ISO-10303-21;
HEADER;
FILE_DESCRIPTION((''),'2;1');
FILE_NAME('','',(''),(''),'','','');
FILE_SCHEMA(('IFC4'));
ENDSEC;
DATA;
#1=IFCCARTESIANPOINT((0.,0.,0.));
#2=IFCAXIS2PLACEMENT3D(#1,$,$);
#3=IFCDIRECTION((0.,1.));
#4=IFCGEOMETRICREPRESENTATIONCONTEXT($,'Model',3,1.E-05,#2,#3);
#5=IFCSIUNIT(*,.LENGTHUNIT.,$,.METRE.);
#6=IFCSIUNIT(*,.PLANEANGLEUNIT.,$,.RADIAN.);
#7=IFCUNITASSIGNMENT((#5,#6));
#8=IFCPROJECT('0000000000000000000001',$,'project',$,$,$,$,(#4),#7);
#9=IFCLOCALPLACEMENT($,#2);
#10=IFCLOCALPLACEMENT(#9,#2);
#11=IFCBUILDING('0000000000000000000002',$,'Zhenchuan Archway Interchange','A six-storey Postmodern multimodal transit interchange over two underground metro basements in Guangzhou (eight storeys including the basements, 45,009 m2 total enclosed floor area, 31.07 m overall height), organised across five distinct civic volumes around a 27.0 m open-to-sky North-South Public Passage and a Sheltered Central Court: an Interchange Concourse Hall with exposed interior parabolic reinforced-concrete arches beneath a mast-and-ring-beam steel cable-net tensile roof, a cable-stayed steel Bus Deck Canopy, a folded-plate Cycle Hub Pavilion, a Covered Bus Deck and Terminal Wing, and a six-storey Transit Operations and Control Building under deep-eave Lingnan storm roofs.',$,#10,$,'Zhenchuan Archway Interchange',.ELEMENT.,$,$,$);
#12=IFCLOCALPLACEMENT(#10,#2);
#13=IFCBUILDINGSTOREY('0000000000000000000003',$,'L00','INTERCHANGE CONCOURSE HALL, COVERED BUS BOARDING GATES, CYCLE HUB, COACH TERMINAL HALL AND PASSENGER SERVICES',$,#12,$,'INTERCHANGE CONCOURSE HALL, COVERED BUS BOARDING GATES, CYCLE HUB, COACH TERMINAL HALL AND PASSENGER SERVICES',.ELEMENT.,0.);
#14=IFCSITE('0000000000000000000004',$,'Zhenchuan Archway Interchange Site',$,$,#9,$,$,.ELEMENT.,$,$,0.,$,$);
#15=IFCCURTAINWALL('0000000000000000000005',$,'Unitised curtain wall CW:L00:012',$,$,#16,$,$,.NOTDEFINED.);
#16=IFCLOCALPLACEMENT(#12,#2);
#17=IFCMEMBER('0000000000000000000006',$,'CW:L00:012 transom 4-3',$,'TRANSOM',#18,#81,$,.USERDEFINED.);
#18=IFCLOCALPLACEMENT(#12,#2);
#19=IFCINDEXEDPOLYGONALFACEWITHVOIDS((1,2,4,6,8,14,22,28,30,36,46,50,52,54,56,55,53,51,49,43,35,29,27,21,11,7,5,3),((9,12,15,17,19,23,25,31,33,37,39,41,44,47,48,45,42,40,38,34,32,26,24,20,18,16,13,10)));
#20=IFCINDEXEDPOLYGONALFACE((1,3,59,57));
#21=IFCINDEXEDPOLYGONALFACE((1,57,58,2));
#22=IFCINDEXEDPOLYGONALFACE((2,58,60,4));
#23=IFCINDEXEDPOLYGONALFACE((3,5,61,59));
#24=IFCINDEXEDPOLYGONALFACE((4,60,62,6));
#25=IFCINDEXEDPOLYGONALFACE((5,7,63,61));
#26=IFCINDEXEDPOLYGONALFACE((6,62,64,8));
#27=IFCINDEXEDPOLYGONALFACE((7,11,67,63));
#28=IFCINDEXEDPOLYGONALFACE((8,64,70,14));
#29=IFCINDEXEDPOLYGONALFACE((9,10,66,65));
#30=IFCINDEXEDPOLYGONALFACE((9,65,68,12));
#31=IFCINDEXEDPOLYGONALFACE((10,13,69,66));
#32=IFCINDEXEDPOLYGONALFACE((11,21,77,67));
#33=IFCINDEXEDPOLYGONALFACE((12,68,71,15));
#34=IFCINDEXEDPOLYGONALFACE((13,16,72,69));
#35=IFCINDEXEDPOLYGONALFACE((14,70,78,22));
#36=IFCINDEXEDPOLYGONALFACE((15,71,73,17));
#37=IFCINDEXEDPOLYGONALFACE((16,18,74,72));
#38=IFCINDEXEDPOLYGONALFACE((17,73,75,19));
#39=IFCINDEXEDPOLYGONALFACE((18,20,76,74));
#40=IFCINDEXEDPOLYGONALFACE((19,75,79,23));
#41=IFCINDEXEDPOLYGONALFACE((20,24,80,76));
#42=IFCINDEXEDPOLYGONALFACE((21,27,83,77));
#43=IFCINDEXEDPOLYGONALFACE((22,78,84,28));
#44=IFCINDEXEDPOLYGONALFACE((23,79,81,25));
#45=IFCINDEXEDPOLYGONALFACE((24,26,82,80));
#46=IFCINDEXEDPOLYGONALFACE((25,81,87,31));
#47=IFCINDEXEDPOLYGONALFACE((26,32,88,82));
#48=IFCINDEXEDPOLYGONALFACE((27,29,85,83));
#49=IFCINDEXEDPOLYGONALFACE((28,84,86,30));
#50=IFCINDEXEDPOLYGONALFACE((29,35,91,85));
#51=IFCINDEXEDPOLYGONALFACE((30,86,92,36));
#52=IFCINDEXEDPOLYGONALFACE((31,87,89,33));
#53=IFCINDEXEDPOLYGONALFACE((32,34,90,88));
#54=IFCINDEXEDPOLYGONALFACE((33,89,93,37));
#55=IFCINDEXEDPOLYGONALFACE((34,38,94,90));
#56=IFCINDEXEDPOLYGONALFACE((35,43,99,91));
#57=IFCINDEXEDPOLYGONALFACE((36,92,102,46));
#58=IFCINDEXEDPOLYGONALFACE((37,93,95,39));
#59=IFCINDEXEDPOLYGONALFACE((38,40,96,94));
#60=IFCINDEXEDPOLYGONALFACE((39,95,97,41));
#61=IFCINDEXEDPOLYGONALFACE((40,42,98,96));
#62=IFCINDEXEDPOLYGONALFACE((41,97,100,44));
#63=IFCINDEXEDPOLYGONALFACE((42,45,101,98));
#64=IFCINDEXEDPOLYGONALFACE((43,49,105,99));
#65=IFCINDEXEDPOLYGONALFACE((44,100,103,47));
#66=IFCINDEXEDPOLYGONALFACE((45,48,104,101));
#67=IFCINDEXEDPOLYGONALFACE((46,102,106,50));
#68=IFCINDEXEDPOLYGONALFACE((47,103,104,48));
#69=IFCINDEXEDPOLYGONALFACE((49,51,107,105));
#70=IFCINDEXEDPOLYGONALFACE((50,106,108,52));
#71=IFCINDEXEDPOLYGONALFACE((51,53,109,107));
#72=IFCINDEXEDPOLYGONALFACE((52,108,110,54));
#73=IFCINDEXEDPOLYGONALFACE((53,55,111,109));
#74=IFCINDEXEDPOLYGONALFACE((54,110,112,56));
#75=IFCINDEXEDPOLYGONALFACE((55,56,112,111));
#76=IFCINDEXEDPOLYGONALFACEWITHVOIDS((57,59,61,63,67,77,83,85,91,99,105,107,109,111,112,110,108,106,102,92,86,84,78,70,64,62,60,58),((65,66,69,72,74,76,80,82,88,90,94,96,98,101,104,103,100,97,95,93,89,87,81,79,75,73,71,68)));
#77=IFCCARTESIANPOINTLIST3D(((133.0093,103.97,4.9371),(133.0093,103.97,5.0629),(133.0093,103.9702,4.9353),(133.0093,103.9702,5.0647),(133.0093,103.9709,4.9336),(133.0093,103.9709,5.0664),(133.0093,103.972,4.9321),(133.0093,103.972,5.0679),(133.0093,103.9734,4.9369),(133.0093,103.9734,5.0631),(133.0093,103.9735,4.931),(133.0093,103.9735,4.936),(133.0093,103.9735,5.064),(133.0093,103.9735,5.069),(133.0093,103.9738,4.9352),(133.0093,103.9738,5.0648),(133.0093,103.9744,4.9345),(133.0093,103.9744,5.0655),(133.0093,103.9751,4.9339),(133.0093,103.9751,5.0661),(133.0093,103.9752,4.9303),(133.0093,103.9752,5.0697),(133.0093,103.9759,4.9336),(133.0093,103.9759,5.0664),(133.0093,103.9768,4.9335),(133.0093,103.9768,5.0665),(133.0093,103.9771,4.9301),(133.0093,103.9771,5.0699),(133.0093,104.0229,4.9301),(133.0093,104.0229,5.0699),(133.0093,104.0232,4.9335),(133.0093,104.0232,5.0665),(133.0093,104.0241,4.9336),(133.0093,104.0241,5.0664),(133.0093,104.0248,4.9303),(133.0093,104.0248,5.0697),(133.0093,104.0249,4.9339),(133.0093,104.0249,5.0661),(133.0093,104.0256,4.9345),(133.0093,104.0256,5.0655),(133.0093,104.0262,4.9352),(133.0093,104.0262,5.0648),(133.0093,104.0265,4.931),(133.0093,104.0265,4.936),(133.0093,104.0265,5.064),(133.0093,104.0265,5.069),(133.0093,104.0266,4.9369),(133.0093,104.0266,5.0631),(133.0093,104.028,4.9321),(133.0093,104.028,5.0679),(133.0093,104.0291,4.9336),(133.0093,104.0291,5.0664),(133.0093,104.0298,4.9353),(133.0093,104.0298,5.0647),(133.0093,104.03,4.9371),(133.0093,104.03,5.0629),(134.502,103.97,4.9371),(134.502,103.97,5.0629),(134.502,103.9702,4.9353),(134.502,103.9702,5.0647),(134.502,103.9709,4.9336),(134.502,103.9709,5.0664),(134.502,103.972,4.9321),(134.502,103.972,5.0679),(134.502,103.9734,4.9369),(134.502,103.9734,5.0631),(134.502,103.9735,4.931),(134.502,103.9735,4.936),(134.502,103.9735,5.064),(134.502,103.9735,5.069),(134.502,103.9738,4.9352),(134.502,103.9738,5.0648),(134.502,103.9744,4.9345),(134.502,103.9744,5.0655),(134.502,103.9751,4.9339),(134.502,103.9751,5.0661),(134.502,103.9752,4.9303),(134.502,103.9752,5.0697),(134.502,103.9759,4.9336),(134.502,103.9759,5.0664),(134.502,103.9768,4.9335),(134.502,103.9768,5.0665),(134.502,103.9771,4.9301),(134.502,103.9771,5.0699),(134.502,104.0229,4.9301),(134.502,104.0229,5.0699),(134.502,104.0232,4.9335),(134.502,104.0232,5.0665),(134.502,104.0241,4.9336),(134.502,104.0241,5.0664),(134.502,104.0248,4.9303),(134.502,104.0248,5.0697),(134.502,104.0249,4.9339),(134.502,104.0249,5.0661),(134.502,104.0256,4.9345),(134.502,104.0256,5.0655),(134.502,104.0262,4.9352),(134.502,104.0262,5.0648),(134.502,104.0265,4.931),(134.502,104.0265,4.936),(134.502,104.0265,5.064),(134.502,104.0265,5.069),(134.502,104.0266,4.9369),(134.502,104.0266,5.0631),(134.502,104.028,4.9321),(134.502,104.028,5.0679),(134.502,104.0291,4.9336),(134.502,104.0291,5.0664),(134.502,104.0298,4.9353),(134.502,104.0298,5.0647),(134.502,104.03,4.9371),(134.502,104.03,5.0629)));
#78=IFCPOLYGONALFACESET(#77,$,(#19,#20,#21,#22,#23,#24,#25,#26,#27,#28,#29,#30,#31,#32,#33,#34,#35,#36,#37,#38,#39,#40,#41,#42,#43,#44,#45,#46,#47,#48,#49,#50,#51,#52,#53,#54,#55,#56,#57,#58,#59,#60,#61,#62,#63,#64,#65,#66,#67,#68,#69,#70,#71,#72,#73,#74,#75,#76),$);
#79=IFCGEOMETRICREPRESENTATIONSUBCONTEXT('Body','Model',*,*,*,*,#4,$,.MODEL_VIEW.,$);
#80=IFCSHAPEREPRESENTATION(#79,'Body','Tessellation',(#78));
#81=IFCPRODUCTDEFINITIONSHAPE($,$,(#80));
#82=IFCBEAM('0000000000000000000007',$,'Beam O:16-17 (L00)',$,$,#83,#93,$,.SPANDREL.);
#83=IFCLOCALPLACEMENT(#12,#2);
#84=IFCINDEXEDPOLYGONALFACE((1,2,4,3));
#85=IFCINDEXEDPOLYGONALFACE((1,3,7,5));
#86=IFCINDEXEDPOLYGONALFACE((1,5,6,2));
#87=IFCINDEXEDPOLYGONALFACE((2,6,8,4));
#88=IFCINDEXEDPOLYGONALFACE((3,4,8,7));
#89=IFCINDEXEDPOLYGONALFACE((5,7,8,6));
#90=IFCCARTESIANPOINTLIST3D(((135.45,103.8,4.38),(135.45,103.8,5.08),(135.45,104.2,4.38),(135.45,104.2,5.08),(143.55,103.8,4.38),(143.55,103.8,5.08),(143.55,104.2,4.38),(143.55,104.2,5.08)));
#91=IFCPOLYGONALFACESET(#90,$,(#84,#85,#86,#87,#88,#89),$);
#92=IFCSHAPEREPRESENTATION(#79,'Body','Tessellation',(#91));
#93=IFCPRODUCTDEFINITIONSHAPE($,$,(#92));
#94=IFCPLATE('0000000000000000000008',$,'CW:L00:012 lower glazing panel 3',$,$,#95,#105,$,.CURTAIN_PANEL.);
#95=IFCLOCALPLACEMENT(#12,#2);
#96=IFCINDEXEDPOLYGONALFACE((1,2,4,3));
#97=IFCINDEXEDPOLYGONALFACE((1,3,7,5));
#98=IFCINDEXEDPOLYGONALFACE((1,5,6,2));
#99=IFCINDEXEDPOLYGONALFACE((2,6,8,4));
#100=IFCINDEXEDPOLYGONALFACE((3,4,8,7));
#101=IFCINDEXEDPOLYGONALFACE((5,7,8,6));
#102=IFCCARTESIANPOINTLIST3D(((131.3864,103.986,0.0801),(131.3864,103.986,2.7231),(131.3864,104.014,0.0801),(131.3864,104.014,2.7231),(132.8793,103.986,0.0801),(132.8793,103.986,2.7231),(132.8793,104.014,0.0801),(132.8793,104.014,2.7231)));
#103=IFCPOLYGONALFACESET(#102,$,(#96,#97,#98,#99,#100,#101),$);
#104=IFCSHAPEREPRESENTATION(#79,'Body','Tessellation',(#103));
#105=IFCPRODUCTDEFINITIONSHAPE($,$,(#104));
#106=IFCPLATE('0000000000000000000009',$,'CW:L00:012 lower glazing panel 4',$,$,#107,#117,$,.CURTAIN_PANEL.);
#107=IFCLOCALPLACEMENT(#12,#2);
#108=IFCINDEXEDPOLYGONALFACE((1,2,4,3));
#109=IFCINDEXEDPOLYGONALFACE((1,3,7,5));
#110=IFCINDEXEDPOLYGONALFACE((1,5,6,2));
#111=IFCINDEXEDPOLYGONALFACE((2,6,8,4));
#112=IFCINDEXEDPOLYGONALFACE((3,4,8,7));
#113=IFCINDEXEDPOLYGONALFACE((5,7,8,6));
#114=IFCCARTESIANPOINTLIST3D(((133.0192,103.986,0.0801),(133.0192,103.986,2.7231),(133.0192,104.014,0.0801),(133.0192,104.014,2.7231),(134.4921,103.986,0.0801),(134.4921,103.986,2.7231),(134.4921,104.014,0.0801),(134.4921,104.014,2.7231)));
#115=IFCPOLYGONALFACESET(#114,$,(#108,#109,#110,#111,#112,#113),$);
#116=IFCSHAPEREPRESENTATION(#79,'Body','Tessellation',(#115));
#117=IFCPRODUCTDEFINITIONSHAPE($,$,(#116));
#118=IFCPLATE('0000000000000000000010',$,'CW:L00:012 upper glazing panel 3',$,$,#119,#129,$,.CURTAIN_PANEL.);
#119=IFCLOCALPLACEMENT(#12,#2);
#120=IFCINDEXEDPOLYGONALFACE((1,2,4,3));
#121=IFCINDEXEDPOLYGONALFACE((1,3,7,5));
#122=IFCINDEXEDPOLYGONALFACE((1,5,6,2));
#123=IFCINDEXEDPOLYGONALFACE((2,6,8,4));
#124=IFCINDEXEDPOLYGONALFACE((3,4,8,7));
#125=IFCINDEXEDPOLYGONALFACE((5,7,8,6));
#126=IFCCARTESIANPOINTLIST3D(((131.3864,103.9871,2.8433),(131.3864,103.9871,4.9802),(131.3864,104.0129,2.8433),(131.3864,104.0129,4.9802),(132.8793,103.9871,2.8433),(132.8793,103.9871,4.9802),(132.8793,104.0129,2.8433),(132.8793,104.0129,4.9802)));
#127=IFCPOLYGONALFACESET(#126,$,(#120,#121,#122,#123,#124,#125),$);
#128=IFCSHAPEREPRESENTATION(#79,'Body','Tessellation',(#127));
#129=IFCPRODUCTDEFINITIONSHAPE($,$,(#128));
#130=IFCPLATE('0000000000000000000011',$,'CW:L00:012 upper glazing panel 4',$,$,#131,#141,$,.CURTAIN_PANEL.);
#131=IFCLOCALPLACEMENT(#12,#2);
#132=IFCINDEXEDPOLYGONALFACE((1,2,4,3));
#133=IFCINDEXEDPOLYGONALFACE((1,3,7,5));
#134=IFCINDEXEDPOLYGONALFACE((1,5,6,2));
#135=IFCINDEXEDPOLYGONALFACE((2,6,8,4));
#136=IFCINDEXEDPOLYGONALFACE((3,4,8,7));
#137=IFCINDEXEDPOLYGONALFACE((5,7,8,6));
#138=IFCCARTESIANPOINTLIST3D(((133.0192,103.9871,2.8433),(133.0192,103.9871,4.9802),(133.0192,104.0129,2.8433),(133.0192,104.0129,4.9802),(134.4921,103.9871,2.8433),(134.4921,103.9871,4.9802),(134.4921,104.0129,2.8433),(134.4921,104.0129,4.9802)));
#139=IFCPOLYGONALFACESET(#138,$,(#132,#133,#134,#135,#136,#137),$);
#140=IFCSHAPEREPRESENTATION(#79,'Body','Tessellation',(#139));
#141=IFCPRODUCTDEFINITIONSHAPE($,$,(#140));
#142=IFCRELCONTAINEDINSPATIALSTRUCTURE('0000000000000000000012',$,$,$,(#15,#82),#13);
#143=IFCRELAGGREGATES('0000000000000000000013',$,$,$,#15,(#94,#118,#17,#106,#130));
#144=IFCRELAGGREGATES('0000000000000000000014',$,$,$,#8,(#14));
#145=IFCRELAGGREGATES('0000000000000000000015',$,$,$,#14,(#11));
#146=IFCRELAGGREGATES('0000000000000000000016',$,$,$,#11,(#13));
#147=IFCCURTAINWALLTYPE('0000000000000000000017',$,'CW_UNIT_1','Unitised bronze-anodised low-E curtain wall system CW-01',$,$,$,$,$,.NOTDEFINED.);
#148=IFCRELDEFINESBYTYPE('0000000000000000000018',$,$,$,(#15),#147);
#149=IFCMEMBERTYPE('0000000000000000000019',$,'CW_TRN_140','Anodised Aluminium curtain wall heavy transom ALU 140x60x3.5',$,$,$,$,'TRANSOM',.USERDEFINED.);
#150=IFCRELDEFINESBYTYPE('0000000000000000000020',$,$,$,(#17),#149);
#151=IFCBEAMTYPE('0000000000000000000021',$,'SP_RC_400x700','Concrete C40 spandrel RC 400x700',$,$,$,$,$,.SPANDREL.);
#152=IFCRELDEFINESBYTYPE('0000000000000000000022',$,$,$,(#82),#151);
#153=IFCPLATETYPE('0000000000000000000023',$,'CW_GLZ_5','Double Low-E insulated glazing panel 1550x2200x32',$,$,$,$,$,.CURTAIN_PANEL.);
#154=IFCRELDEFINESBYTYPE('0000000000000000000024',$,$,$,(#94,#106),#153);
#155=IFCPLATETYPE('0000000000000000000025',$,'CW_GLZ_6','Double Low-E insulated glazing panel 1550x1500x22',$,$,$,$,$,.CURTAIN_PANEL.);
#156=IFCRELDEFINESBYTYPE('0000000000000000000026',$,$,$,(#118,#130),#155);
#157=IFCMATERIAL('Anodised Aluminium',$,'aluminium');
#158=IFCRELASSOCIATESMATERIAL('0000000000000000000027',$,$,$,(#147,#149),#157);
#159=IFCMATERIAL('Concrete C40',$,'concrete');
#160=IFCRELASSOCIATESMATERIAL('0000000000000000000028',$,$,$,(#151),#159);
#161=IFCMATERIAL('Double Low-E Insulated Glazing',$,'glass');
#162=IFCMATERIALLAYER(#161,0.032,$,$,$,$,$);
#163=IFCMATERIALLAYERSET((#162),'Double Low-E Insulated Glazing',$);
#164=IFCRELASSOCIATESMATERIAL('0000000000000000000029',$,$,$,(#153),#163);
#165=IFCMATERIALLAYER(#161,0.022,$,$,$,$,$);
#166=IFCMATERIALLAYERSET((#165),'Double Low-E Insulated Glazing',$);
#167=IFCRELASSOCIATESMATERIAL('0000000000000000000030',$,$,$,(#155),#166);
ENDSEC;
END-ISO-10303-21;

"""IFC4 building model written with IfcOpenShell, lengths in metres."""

from ifc_helpers import new_model, si_unit, direction, frame, origin, origin_2d, place, context, subcontext, project, spatial, rectangle, hollow_rectangle, extrude, material, layer, layer_set, material_profile, profile_set, type_object, element, aggregate, save


model = new_model("IFC4")

# Units and contexts
model_context = context("Model", 3, precision=1e-05, world=origin(), true_north=direction((0.0, 1.0)))
body_context = subcontext(model_context, "Body", "Model", "MODEL_VIEW")
ifc_project = project(units=[si_unit("LENGTHUNIT", "METRE"), si_unit("PLANEANGLEUNIT", "RADIAN")], contexts=[model_context])

# Site, building, storey
site_placement = place(None, origin())
site = spatial("IfcSite", under=ifc_project, at=site_placement, Name="Zhenchuan Archway Interchange Site", CompositionType="ELEMENT", RefElevation=0.0)
building_placement = place(site_placement, origin())
building = spatial("IfcBuilding", under=site, at=building_placement, Name="Zhenchuan Archway Interchange", Description="A six-storey Postmodern multimodal transit interchange over two underground metro basements in Guangzhou (eight storeys including the basements, 45,009 m2 total enclosed floor area, 31.07 m overall height), organised across five distinct civic volumes around a 27.0 m open-to-sky North-South Public Passage and a Sheltered Central Court: an Interchange Concourse Hall with exposed interior parabolic reinforced-concrete arches beneath a mast-and-ring-beam steel cable-net tensile roof, a cable-stayed steel Bus Deck Canopy, a folded-plate Cycle Hub Pavilion, a Covered Bus Deck and Terminal Wing, and a six-storey Transit Operations and Control Building under deep-eave Lingnan storm roofs.", LongName="Zhenchuan Archway Interchange", CompositionType="ELEMENT")
storey_placement = place(building_placement, origin())
storey = spatial("IfcBuildingStorey", under=building, at=storey_placement, Name="L00", Description="INTERCHANGE CONCOURSE HALL, COVERED BUS BOARDING GATES, CYCLE HUB, COACH TERMINAL HALL AND PASSENGER SERVICES", LongName="INTERCHANGE CONCOURSE HALL, COVERED BUS BOARDING GATES, CYCLE HUB, COACH TERMINAL HALL AND PASSENGER SERVICES", CompositionType="ELEMENT", Elevation=0.0)

# Shared definitions
ifc_material_1 = material(Name="Concrete C40", Category="concrete")

# Curtain wall, member
ifc_material_2 = material(Name="Anodised Aluminium", Category="aluminium")
curtain_wall_type = type_object("IfcCurtainWallType", Name="CW_UNIT_1", Description="Unitised bronze-anodised low-E curtain wall system CW-01", PredefinedType="NOTDEFINED", material=ifc_material_2)
curtain_wall_placement = place(storey_placement, origin())
curtain_wall = element("IfcCurtainWall", 1, at=curtain_wall_placement, inside=storey, type_object=curtain_wall_type, Name="Unitised curtain wall CW:L00:012", PredefinedType="NOTDEFINED")
ifc_material_profile_1 = material_profile(ifc_material_2, hollow_rectangle(XDim=0.0601, YDim=0.1399, WallThickness=0.0034, InnerFilletRadius=0.0034, OuterFilletRadius=0.0071, at=origin_2d()), Name="ALU 140x60x3.5")
ifc_profile_set_1 = profile_set([ifc_material_profile_1], Name="Anodised Aluminium")
member_type_1 = type_object("IfcMemberType", Name="CW_TRN_140", Description="Anodised Aluminium curtain wall heavy transom ALU 140x60x3.5", ElementType="TRANSOM", PredefinedType="USERDEFINED", material=ifc_profile_set_1)
member_1_placement = place(storey_placement, frame((133.0093, 104.0, 5.0), z_axis=(1.0, 0.0, 0.0), x_axis=(0.0, 1.0, 0.0)))
member_1 = element("IfcMember", 2, at=member_1_placement, type_object=member_type_1, Name="CW:L00:012 transom 4-3", ObjectType="TRANSOM", PredefinedType="USERDEFINED", context=body_context, shape_type="SweptSolid", body=[
    extrude(hollow_rectangle(XDim=0.0601, YDim=0.1399, WallThickness=0.0034, InnerFilletRadius=0.0034, OuterFilletRadius=0.0071, at=origin_2d()), origin(), (0.0, 0.0, 1.0), 1.4927),
])

# Beam
ifc_material_profile_2 = material_profile(ifc_material_1, rectangle(XDim=0.3999, YDim=0.7, at=origin_2d()), Name="RC 400x700")
ifc_profile_set_2 = profile_set([ifc_material_profile_2], Name="Concrete C40")
beam_type = type_object("IfcBeamType", Name="SP_RC_400x700", Description="Concrete C40 spandrel RC 400x700", PredefinedType="SPANDREL", material=ifc_profile_set_2)
beam_placement = place(storey_placement, frame((135.45, 104.0, 4.73), z_axis=(1.0, 0.0, 0.0), x_axis=(0.0, 1.0, 0.0)))
element("IfcBeam", 3, at=beam_placement, inside=storey, type_object=beam_type, Name="Beam O:16-17 (L00)", PredefinedType="SPANDREL", context=body_context, shape_type="SweptSolid", body=[
    extrude(rectangle(XDim=0.3999, YDim=0.7, at=origin_2d()), origin(), (0.0, 0.0, 1.0), 8.1001),
])

# Plates
ifc_material_3 = material(Name="Double Low-E Insulated Glazing", Category="glass")
ifc_layer_1 = layer(ifc_material_3, 0.032)
ifc_layer_set_1 = layer_set([ifc_layer_1], Name="Double Low-E Insulated Glazing")
plate_type_1 = type_object("IfcPlateType", Name="CW_GLZ_5", Description="Double Low-E insulated glazing panel 1550x2200x32", PredefinedType="CURTAIN_PANEL", material=ifc_layer_set_1)
plate_1_placement = place(storey_placement, frame((132.1328, 104.0, 0.0801), z_axis=(0.0, 0.0, 1.0), x_axis=(1.0, 0.0, 0.0)))
plate_1 = element("IfcPlate", 4, at=plate_1_placement, type_object=plate_type_1, Name="CW:L00:012 lower glazing panel 3", PredefinedType="CURTAIN_PANEL", context=body_context, shape_type="SweptSolid", body=[
    extrude(rectangle(XDim=1.4929, YDim=0.0281, at=origin_2d()), origin(), (0.0, 0.0, 1.0), 2.6431),
])
plate_2_placement = place(storey_placement, frame((133.7556, 104.0, 0.0801), z_axis=(0.0, 0.0, 1.0), x_axis=(1.0, 0.0, 0.0)))
plate_2 = element("IfcPlate", 5, at=plate_2_placement, type_object=plate_type_1, Name="CW:L00:012 lower glazing panel 4", PredefinedType="CURTAIN_PANEL", context=body_context, shape_type="SweptSolid", body=[
    extrude(rectangle(XDim=1.4729, YDim=0.0281, at=origin_2d()), origin(), (0.0, 0.0, 1.0), 2.6431),
])
ifc_layer_2 = layer(ifc_material_3, 0.022)
ifc_layer_set_2 = layer_set([ifc_layer_2], Name="Double Low-E Insulated Glazing")
plate_type_2 = type_object("IfcPlateType", Name="CW_GLZ_6", Description="Double Low-E insulated glazing panel 1550x1500x22", PredefinedType="CURTAIN_PANEL", material=ifc_layer_set_2)
plate_3_placement = place(storey_placement, frame((132.1328, 104.0, 2.8433), z_axis=(0.0, 0.0, 1.0), x_axis=(1.0, 0.0, 0.0)))
plate_3 = element("IfcPlate", 6, at=plate_3_placement, type_object=plate_type_2, Name="CW:L00:012 upper glazing panel 3", PredefinedType="CURTAIN_PANEL", context=body_context, shape_type="SweptSolid", body=[
    extrude(rectangle(XDim=1.4929, YDim=0.0259, at=origin_2d()), origin(), (0.0, 0.0, 1.0), 2.137),
])
plate_4_placement = place(storey_placement, frame((133.7556, 104.0, 2.8433), z_axis=(0.0, 0.0, 1.0), x_axis=(1.0, 0.0, 0.0)))
plate_4 = element("IfcPlate", 7, at=plate_4_placement, type_object=plate_type_2, Name="CW:L00:012 upper glazing panel 4", PredefinedType="CURTAIN_PANEL", context=body_context, shape_type="SweptSolid", body=[
    extrude(rectangle(XDim=1.4729, YDim=0.0259, at=origin_2d()), origin(), (0.0, 0.0, 1.0), 2.137),
])
aggregate(curtain_wall, [plate_1, plate_3, member_1, plate_2, plate_4])

save(model, "model.ifc")
